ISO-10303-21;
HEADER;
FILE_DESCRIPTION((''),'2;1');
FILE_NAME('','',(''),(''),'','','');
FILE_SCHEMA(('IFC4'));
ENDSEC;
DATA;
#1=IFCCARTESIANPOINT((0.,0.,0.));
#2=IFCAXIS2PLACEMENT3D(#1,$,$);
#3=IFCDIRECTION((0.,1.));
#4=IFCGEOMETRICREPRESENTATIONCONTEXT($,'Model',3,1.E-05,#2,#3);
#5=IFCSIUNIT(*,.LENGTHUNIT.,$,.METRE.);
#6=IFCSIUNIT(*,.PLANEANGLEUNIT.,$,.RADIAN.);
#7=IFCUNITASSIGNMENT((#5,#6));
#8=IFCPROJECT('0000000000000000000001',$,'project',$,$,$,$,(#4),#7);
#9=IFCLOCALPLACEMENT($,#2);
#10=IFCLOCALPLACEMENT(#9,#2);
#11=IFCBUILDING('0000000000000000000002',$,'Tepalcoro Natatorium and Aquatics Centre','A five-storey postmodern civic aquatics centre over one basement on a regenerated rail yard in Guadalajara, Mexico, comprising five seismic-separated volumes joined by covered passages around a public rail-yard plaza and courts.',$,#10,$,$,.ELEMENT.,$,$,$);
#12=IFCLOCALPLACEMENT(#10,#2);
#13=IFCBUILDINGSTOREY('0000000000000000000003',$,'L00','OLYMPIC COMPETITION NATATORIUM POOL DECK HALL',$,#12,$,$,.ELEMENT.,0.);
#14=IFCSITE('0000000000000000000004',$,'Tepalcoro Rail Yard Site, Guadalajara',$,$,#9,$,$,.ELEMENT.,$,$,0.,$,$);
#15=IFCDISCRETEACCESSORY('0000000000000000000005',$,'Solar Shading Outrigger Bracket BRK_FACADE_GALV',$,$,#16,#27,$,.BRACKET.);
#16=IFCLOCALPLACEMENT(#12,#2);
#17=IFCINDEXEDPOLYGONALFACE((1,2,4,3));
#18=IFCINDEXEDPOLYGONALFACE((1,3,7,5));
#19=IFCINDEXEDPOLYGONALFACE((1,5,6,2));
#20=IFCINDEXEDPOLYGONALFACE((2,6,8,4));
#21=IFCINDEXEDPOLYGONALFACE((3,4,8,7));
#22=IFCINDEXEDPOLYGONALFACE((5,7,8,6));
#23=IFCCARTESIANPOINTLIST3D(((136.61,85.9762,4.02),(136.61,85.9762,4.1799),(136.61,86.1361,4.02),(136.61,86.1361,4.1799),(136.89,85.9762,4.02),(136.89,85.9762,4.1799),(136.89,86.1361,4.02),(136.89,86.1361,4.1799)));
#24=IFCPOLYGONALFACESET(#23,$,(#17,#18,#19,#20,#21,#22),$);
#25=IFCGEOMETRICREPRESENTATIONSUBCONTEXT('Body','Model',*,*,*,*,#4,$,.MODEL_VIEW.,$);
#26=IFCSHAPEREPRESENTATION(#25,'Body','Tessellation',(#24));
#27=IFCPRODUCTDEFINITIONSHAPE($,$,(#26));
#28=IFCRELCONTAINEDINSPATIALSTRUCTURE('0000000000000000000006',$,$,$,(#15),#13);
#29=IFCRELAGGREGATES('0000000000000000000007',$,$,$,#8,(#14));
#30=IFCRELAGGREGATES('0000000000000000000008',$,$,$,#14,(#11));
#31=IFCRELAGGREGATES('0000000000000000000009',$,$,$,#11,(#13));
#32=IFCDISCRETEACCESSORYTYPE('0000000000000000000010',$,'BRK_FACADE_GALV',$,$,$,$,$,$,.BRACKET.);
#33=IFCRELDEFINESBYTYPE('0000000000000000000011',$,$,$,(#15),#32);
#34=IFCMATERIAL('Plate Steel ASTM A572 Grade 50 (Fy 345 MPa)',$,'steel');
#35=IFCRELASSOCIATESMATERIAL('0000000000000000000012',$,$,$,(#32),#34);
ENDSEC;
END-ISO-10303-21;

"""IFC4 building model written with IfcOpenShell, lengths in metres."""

from ifc_helpers import new_model, si_unit, direction, frame, origin, origin_2d, place, context, subcontext, project, spatial, rectangle, extrude, material, type_object, element, save


model = new_model("IFC4")

# Units and contexts
model_context = context("Model", 3, precision=1e-05, world=origin(), true_north=direction((0.0, 1.0)))
body_context = subcontext(model_context, "Body", "Model", "MODEL_VIEW")
ifc_project = project(units=[si_unit("LENGTHUNIT", "METRE"), si_unit("PLANEANGLEUNIT", "RADIAN")], contexts=[model_context])

# Site, building, storey
site_placement = place(None, origin())
site = spatial("IfcSite", under=ifc_project, at=site_placement, Name="Tepalcoro Rail Yard Site, Guadalajara", CompositionType="ELEMENT", RefElevation=0.0)
building_placement = place(site_placement, origin())
building = spatial("IfcBuilding", under=site, at=building_placement, Name="Tepalcoro Natatorium and Aquatics Centre", Description="A five-storey postmodern civic aquatics centre over one basement on a regenerated rail yard in Guadalajara, Mexico, comprising five seismic-separated volumes joined by covered passages around a public rail-yard plaza and courts.", CompositionType="ELEMENT")
storey_placement = place(building_placement, origin())
storey = spatial("IfcBuildingStorey", under=building, at=storey_placement, Name="L00", Description="OLYMPIC COMPETITION NATATORIUM POOL DECK HALL", CompositionType="ELEMENT", Elevation=0.0)

# Discrete accessory
ifc_material_1 = material(Name="Plate Steel ASTM A572 Grade 50 (Fy 345 MPa)", Category="steel")
discrete_accessory_type = type_object("IfcDiscreteAccessoryType", Name="BRK_FACADE_GALV", PredefinedType="BRACKET", material=ifc_material_1)
discrete_accessory_placement = place(storey_placement, frame((136.75, 86.0562, 4.02), z_axis=(0.0, 0.0, 1.0), x_axis=(1.0, 0.0, 0.0)))
element("IfcDiscreteAccessory", 1, at=discrete_accessory_placement, inside=storey, type_object=discrete_accessory_type, Name="Solar Shading Outrigger Bracket BRK_FACADE_GALV", PredefinedType="BRACKET", context=body_context, shape_type="SweptSolid", body=[
    extrude(rectangle(XDim=0.28, YDim=0.1599, at=origin_2d()), origin(), (0.0, 0.0, 1.0), 0.1599),
])

save(model, "model.ifc")
